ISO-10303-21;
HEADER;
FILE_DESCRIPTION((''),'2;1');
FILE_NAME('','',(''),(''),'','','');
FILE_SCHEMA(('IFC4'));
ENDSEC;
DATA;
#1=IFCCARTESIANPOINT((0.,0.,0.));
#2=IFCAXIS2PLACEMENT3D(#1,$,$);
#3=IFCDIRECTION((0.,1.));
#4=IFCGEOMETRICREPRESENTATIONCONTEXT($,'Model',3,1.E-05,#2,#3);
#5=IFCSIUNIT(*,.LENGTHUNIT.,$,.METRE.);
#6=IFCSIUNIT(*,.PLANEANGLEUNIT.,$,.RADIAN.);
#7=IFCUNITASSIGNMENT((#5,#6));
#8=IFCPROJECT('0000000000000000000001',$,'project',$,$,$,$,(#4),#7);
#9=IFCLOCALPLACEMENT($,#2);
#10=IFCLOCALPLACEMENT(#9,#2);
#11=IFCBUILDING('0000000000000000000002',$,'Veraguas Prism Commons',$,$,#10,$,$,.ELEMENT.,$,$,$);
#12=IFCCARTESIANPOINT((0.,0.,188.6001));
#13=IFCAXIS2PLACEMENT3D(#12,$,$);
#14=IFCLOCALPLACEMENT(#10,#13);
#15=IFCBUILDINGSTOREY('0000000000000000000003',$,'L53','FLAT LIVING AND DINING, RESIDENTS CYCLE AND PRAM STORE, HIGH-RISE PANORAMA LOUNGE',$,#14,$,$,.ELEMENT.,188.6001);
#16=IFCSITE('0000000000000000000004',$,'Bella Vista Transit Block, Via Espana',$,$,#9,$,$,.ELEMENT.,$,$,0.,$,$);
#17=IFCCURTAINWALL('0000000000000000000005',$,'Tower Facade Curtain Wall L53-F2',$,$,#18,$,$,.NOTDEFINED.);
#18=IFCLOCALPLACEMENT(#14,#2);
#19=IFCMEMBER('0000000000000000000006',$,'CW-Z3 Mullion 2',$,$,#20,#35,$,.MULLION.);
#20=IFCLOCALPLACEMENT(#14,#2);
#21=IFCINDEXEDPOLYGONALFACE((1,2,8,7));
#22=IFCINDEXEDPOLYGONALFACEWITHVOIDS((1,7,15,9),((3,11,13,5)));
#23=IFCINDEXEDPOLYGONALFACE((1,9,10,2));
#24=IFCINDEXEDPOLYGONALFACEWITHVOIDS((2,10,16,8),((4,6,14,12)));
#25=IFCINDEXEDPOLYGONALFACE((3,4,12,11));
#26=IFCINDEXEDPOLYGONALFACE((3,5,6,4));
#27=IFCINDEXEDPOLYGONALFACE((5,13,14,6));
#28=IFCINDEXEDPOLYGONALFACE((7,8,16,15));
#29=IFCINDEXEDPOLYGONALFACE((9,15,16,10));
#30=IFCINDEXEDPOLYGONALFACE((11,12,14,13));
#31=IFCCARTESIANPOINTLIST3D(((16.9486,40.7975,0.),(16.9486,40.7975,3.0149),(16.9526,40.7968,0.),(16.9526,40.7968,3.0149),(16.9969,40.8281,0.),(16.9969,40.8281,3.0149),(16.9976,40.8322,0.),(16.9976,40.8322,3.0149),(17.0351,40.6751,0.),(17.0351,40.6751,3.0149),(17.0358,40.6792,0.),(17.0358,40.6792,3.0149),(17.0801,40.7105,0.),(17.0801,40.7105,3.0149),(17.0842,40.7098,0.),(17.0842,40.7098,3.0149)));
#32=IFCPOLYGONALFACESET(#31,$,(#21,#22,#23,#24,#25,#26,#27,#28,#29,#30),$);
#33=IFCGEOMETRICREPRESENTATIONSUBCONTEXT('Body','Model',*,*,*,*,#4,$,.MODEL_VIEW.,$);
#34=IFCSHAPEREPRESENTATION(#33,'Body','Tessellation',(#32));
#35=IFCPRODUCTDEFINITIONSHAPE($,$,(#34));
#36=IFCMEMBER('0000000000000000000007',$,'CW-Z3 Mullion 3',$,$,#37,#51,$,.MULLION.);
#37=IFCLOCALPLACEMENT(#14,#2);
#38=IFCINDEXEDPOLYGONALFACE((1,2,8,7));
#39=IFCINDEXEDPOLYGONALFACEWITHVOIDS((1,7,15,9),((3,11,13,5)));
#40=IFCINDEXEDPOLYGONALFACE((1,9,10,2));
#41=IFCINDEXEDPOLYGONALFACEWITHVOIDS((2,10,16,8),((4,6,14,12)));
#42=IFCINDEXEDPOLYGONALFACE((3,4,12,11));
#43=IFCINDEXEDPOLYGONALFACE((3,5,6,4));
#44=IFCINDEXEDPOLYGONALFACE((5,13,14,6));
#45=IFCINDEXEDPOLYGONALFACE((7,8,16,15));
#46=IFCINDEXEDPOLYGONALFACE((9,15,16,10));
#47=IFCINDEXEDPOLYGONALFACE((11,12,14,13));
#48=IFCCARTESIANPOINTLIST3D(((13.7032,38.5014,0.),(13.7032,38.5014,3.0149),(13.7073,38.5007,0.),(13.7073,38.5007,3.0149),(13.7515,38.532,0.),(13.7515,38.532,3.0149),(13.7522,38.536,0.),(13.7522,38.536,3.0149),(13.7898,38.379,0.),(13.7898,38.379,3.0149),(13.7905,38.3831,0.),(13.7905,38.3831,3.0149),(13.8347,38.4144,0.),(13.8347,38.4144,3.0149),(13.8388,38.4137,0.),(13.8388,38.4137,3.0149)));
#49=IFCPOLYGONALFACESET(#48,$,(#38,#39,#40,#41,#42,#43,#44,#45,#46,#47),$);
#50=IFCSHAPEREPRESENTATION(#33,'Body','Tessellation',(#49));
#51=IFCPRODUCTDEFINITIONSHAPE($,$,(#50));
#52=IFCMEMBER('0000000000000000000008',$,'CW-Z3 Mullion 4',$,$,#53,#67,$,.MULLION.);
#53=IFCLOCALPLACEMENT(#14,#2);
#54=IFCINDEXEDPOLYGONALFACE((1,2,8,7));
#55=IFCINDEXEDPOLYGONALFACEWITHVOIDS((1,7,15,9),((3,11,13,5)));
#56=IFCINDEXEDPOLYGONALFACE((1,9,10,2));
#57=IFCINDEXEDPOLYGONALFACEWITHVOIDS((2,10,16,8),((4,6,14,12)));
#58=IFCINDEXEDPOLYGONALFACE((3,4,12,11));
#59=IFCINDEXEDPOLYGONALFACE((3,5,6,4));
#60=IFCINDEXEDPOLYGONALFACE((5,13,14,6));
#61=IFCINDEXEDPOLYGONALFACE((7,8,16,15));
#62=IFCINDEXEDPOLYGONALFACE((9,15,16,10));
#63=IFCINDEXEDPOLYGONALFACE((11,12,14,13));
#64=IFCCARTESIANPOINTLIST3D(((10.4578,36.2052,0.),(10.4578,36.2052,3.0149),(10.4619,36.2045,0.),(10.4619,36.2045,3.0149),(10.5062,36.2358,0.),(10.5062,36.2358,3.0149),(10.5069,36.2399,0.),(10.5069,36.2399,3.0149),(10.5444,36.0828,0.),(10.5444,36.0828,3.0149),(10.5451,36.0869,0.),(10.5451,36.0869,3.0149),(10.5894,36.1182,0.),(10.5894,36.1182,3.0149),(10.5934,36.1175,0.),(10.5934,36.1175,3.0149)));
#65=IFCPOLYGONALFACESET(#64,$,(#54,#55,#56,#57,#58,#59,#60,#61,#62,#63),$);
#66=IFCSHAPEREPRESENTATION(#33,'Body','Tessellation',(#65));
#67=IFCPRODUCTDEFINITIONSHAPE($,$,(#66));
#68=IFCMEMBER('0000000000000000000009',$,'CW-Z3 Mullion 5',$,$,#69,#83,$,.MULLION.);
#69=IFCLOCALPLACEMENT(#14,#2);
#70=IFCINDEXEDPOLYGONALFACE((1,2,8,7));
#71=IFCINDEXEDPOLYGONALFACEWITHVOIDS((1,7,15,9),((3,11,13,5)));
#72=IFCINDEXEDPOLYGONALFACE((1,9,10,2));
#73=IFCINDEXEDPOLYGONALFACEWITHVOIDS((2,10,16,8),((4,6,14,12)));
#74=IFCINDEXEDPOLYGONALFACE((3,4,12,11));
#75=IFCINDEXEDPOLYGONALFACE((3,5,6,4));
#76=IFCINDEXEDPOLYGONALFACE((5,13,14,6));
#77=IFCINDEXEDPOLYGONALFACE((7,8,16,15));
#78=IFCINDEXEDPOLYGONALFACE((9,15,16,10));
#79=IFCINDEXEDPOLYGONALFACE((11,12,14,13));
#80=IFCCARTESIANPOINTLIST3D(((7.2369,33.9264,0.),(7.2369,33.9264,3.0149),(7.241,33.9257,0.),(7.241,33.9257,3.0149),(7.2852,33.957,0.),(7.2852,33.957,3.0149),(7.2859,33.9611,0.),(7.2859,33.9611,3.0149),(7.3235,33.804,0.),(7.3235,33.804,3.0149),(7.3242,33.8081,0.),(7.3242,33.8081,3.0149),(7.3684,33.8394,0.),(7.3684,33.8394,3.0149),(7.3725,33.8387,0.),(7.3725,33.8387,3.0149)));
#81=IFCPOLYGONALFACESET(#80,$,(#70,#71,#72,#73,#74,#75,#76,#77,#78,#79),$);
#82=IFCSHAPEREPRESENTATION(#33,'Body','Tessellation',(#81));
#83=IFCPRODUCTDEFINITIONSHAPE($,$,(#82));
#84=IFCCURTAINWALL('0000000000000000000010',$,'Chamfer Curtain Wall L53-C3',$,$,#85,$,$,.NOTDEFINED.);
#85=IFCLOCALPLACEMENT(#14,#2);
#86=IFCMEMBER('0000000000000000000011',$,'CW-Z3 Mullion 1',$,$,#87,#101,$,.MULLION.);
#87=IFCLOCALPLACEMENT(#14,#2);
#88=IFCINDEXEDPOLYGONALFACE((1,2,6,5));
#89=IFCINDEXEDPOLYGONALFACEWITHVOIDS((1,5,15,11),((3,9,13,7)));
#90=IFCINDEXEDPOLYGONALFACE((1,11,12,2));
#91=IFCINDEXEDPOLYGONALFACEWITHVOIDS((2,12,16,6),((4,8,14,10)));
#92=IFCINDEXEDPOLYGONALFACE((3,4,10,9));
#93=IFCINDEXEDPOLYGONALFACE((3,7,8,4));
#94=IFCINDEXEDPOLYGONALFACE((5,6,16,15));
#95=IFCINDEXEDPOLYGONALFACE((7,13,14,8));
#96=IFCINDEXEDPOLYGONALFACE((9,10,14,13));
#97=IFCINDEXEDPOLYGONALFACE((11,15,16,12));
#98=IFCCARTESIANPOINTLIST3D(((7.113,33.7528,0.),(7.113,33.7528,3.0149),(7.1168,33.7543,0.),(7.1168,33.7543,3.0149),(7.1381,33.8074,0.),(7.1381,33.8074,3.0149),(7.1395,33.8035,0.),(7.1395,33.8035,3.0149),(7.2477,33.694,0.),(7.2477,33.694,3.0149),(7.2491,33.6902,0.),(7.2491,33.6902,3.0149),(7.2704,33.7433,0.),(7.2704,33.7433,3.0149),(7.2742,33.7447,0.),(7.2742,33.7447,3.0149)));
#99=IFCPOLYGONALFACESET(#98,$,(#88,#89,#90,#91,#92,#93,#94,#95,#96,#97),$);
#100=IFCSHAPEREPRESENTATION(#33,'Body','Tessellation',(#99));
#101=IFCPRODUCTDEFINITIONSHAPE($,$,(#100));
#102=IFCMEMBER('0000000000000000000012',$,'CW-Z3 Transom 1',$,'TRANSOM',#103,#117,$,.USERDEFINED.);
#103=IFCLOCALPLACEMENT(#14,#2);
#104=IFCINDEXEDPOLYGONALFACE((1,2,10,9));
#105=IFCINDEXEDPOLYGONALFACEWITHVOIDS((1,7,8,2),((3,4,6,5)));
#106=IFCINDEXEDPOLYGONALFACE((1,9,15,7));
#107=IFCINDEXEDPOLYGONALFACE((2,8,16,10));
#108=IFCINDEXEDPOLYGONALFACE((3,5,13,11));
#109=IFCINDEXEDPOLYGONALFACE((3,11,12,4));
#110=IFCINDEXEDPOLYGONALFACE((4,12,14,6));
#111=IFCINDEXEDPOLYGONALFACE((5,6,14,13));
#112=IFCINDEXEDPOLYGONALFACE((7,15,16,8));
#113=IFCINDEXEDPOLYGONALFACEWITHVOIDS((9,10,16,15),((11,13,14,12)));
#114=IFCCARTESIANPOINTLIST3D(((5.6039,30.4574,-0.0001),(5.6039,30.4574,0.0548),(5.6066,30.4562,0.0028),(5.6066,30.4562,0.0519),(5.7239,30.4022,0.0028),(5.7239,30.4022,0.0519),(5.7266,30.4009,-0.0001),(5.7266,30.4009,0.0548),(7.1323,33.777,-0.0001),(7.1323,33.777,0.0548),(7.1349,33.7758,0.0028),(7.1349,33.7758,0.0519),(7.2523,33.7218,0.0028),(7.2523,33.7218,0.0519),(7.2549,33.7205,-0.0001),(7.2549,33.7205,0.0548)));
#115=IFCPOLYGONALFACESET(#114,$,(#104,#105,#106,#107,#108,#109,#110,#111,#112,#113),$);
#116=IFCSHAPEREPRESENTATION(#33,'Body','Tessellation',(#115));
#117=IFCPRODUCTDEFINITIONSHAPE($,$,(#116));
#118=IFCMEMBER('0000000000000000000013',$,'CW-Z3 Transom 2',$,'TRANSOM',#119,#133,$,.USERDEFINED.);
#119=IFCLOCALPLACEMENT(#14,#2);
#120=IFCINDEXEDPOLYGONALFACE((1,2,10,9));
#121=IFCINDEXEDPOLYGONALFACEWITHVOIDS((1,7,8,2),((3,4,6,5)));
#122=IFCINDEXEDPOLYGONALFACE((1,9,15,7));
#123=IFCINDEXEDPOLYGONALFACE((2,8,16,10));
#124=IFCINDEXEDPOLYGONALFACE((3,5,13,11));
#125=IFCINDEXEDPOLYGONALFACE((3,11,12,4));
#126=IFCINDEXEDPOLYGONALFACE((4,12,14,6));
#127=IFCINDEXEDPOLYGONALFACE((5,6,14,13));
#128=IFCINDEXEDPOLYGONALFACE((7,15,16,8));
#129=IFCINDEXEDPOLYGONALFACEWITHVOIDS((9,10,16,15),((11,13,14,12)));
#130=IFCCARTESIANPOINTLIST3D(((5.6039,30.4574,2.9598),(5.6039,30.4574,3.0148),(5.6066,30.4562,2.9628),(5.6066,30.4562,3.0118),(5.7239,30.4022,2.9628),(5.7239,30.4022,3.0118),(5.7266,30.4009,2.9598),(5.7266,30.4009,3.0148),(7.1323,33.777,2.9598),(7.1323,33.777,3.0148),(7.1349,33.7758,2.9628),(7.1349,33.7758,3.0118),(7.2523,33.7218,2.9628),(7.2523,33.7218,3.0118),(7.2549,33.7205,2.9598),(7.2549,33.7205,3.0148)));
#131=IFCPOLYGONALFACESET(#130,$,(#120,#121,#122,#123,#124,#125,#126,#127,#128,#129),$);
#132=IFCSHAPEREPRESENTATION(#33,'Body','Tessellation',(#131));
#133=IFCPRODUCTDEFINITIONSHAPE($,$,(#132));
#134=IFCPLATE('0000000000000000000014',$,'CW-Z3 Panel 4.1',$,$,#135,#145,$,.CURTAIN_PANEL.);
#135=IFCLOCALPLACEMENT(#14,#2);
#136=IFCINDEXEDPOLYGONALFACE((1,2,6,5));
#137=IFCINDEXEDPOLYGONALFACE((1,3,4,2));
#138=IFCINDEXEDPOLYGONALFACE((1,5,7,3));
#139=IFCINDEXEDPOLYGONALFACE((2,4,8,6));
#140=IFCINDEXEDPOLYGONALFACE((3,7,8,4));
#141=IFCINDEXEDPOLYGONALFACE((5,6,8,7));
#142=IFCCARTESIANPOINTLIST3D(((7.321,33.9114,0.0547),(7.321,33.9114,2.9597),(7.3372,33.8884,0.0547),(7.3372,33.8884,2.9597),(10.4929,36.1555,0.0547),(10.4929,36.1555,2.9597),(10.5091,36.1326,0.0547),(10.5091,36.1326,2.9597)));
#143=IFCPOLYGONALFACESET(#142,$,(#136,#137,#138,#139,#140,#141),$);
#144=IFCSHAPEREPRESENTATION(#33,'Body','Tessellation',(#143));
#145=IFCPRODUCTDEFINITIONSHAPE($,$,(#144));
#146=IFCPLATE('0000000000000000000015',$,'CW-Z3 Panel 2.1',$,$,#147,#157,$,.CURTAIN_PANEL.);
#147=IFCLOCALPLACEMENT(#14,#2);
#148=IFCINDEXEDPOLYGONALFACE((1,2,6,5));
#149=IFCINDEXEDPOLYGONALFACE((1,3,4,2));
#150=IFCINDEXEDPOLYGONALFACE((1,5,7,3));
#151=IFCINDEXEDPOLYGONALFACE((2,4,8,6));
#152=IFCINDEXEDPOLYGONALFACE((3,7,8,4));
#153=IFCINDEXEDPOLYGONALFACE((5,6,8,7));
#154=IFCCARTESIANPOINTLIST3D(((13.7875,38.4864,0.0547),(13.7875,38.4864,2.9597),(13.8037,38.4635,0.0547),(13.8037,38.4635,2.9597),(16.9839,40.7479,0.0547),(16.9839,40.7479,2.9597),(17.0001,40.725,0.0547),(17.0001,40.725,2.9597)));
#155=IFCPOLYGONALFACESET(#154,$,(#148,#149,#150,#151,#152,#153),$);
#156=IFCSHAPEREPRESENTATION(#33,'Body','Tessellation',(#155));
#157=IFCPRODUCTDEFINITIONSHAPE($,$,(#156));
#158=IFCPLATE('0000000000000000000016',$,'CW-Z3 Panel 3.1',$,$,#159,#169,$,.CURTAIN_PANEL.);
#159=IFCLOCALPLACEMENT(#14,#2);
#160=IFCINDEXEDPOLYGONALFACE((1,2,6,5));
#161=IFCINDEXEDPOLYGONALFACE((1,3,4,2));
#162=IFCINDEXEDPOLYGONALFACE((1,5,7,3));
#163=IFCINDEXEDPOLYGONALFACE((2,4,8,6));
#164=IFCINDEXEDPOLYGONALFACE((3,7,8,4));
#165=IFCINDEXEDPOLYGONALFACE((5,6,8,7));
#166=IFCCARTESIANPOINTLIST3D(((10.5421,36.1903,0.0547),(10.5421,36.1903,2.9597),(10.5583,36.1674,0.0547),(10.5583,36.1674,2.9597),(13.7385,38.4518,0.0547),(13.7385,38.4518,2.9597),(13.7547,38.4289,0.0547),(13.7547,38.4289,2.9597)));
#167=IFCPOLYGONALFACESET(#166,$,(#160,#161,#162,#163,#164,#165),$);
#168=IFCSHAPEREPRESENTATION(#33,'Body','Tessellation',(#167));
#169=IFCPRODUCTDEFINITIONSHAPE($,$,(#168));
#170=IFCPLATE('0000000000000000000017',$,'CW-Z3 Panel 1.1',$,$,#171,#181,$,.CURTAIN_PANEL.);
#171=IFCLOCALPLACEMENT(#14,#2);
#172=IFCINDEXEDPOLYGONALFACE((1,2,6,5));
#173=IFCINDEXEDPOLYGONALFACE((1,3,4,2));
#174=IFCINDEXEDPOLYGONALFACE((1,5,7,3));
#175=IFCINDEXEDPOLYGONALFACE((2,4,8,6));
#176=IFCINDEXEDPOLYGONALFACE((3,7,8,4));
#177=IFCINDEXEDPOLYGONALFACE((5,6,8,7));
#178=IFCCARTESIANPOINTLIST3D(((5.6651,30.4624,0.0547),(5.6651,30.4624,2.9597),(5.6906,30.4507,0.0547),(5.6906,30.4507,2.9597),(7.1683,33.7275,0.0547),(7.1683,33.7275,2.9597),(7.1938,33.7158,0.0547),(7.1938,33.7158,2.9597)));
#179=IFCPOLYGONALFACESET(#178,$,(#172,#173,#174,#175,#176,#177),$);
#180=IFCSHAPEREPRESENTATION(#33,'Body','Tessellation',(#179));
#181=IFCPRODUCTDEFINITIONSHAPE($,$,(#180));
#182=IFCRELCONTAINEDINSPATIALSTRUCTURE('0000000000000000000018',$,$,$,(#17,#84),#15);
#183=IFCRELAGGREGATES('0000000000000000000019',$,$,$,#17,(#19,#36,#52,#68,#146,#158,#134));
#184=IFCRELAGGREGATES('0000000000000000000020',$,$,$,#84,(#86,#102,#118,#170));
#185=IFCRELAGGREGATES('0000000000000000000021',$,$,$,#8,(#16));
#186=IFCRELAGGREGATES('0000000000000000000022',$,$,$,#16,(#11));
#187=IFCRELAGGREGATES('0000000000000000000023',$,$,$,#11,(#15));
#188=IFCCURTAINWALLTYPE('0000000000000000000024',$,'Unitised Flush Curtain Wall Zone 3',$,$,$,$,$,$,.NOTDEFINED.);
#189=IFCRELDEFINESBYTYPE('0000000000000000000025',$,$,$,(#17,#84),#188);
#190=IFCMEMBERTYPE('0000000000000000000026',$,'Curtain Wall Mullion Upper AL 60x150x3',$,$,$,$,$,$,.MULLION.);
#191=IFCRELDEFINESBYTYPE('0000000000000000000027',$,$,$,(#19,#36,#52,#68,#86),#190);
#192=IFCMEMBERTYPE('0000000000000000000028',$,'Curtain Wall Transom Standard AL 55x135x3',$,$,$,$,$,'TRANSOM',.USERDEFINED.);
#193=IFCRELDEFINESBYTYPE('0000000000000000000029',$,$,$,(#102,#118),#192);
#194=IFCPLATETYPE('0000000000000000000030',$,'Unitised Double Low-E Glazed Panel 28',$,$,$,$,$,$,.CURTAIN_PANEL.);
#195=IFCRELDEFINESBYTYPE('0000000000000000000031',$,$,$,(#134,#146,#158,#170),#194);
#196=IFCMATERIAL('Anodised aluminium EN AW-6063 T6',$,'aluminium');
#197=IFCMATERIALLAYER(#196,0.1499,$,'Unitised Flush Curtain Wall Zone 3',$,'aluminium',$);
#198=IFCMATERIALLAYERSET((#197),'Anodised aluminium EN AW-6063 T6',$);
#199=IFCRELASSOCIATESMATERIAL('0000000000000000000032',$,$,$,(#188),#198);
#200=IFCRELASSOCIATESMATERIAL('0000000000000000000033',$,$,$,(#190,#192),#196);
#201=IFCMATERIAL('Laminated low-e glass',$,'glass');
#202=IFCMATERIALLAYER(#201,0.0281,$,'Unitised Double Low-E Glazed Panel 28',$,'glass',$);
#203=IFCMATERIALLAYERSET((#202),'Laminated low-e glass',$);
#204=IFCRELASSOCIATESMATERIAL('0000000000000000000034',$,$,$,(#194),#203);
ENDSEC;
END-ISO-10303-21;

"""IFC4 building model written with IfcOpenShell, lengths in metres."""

from ifc_helpers import new_model, si_unit, direction, frame, origin, origin_2d, place, context, subcontext, project, spatial, rectangle, hollow_rectangle, extrude, source, transform, mapped, material, layer, layer_set, material_profile, profile_set, type_object, element, aggregate, save


model = new_model("IFC4")

# Units and contexts
model_context = context("Model", 3, precision=1e-05, world=origin(), true_north=direction((0.0, 1.0)))
body_context = subcontext(model_context, "Body", "Model", "MODEL_VIEW")
ifc_project = project(units=[si_unit("LENGTHUNIT", "METRE"), si_unit("PLANEANGLEUNIT", "RADIAN")], contexts=[model_context])

# Site, building, storey
site_placement = place(None, origin())
site = spatial("IfcSite", under=ifc_project, at=site_placement, Name="Bella Vista Transit Block, Via Espana", CompositionType="ELEMENT", RefElevation=0.0)
building_placement = place(site_placement, origin())
building = spatial("IfcBuilding", under=site, at=building_placement, Name="Veraguas Prism Commons", CompositionType="ELEMENT")
storey_placement = place(building_placement, frame((0.0, 0.0, 188.6001)))
storey = spatial("IfcBuildingStorey", under=building, at=storey_placement, Name="L53", Description="FLAT LIVING AND DINING, RESIDENTS CYCLE AND PRAM STORE, HIGH-RISE PANORAMA LOUNGE", CompositionType="ELEMENT", Elevation=188.6001)

# Curtain walls, members
ifc_material_1 = material(Name="Anodised aluminium EN AW-6063 T6", Category="aluminium")
ifc_layer_1 = layer(ifc_material_1, 0.1499, Name="Unitised Flush Curtain Wall Zone 3", Category="aluminium")
ifc_layer_set_1 = layer_set([ifc_layer_1], Name="Anodised aluminium EN AW-6063 T6")
curtain_wall_type = type_object("IfcCurtainWallType", Name="Unitised Flush Curtain Wall Zone 3", PredefinedType="NOTDEFINED", material=ifc_layer_set_1)
curtain_wall_1_placement = place(storey_placement, origin())
curtain_wall_1 = element("IfcCurtainWall", 1, at=curtain_wall_1_placement, inside=storey, type_object=curtain_wall_type, Name="Tower Facade Curtain Wall L53-F2", PredefinedType="NOTDEFINED")
ifc_material_profile_1 = material_profile(ifc_material_1, hollow_rectangle(XDim=0.0601, YDim=0.1499, WallThickness=0.0029, at=origin_2d()), Name="AL60X150X3")
ifc_profile_set_1 = profile_set([ifc_material_profile_1], Name="Anodised aluminium EN AW-6063 T6")
member_type_1 = type_object("IfcMemberType", Name="Curtain Wall Mullion Upper AL 60x150x3", PredefinedType="MULLION", material=ifc_profile_set_1)
shared_shape_1 = source(origin(), body_context, "Body", "SweptSolid", [
    extrude(hollow_rectangle(XDim=0.0601, YDim=0.1499, WallThickness=0.0029, at=origin_2d()), origin(), (0.0, 0.0, 1.0), 3.0149),
])
member_1_placement = place(storey_placement, frame((17.0164, 40.7537, 0.0), z_axis=(0.0, 0.0, 1.0), x_axis=(-0.816341, -0.57757, 0.0)))
member_1 = element("IfcMember", 2, at=member_1_placement, type_object=member_type_1, Name="CW-Z3 Mullion 2", PredefinedType="MULLION", context=body_context, shape_type="MappedRepresentation", body=[
    mapped(shared_shape_1, transform((0.0, 0.0, 0.0), scale=1.0)),
])
member_2_placement = place(storey_placement, frame((13.771, 38.4575, 0.0), z_axis=(0.0, 0.0, 1.0), x_axis=(-0.816341, -0.57757, 0.0)))
member_2 = element("IfcMember", 3, at=member_2_placement, type_object=member_type_1, Name="CW-Z3 Mullion 3", PredefinedType="MULLION", context=body_context, shape_type="MappedRepresentation", body=[
    mapped(shared_shape_1, transform((0.0, 0.0, 0.0), scale=1.0)),
])
member_3_placement = place(storey_placement, frame((10.5256, 36.1614, 0.0), z_axis=(0.0, 0.0, 1.0), x_axis=(-0.816341, -0.57757, 0.0)))
member_3 = element("IfcMember", 4, at=member_3_placement, type_object=member_type_1, Name="CW-Z3 Mullion 4", PredefinedType="MULLION", context=body_context, shape_type="MappedRepresentation", body=[
    mapped(shared_shape_1, transform((0.0, 0.0, 0.0), scale=1.0)),
])
member_4_placement = place(storey_placement, frame((7.3047, 33.8826, 0.0), z_axis=(0.0, 0.0, 1.0), x_axis=(-0.816341, -0.57757, 0.0)))
member_4 = element("IfcMember", 5, at=member_4_placement, type_object=member_type_1, Name="CW-Z3 Mullion 5", PredefinedType="MULLION", context=body_context, shape_type="MappedRepresentation", body=[
    mapped(shared_shape_1, transform((0.0, 0.0, 0.0), scale=1.0)),
])
curtain_wall_2_placement = place(storey_placement, origin())
curtain_wall_2 = element("IfcCurtainWall", 6, at=curtain_wall_2_placement, inside=storey, type_object=curtain_wall_type, Name="Chamfer Curtain Wall L53-C3", PredefinedType="NOTDEFINED")
member_5_placement = place(storey_placement, frame((7.1936, 33.7488, 0.0), z_axis=(0.0, 0.0, 1.0), x_axis=(-0.418186, -0.908362, 0.0)))
member_5 = element("IfcMember", 7, at=member_5_placement, type_object=member_type_1, Name="CW-Z3 Mullion 1", PredefinedType="MULLION", context=body_context, shape_type="MappedRepresentation", body=[
    mapped(shared_shape_1, transform((0.0, 0.0, 0.0), scale=1.0)),
])
ifc_material_profile_2 = material_profile(ifc_material_1, hollow_rectangle(XDim=0.0549, YDim=0.135, WallThickness=0.0029, at=origin_2d()), Name="AL55X135X3")
ifc_profile_set_2 = profile_set([ifc_material_profile_2], Name="Anodised aluminium EN AW-6063 T6")
member_type_2 = type_object("IfcMemberType", Name="Curtain Wall Transom Standard AL 55x135x3", ElementType="TRANSOM", PredefinedType="USERDEFINED", material=ifc_profile_set_2)
shared_shape_2 = source(origin(), body_context, "Body", "SweptSolid", [
    extrude(hollow_rectangle(XDim=0.0549, YDim=0.135, WallThickness=0.0029, at=origin_2d()), origin(), (0.0, 0.0, 1.0), 3.6545),
])
member_6_placement = place(storey_placement, frame((7.1936, 33.7488, 0.0273), z_axis=(-0.418202, -0.908354, 0.0), x_axis=(0.0, 0.0, 1.0)))
member_6 = element("IfcMember", 8, at=member_6_placement, type_object=member_type_2, Name="CW-Z3 Transom 1", ObjectType="TRANSOM", PredefinedType="USERDEFINED", context=body_context, shape_type="MappedRepresentation", body=[
    mapped(shared_shape_2, transform((0.0, 0.0, 0.0), scale=1.0)),
])
member_7_placement = place(storey_placement, frame((7.1936, 33.7488, 2.9873), z_axis=(-0.418202, -0.908354, 0.0), x_axis=(0.0, 0.0, 1.0)))
member_7 = element("IfcMember", 9, at=member_7_placement, type_object=member_type_2, Name="CW-Z3 Transom 2", ObjectType="TRANSOM", PredefinedType="USERDEFINED", context=body_context, shape_type="MappedRepresentation", body=[
    mapped(shared_shape_2, transform((0.0, 0.0, 0.0), scale=1.0)),
])

# Plates
ifc_material_2 = material(Name="Laminated low-e glass", Category="glass")
ifc_layer_2 = layer(ifc_material_2, 0.0281, Name="Unitised Double Low-E Glazed Panel 28", Category="glass")
ifc_layer_set_2 = layer_set([ifc_layer_2], Name="Laminated low-e glass")
plate_type = type_object("IfcPlateType", Name="Unitised Double Low-E Glazed Panel 28", PredefinedType="CURTAIN_PANEL", material=ifc_layer_set_2)
shared_shape_3 = source(origin(), body_context, "Body", "SweptSolid", [
    extrude(rectangle(XDim=3.8855, YDim=0.0281, at=origin_2d()), origin(), (0.0, 0.0, 1.0), 2.905),
])
plate_1_placement = place(storey_placement, frame((8.915, 35.022, 0.0547), z_axis=(0.0, 0.0, 1.0), x_axis=(-0.816341, -0.57757, 0.0)))
plate_1 = element("IfcPlate", 10, at=plate_1_placement, type_object=plate_type, Name="CW-Z3 Panel 4.1", PredefinedType="CURTAIN_PANEL", context=body_context, shape_type="MappedRepresentation", body=[
    mapped(shared_shape_3, transform((0.0, 0.0, 0.0), scale=1.0)),
])
shared_shape_4 = source(origin(), body_context, "Body", "SweptSolid", [
    extrude(rectangle(XDim=3.9155, YDim=0.0281, at=origin_2d()), origin(), (0.0, 0.0, 1.0), 2.905),
])
plate_2_placement = place(storey_placement, frame((15.3938, 39.6057, 0.0547), z_axis=(0.0, 0.0, 1.0), x_axis=(-0.816341, -0.57757, 0.0)))
plate_2 = element("IfcPlate", 11, at=plate_2_placement, type_object=plate_type, Name="CW-Z3 Panel 2.1", PredefinedType="CURTAIN_PANEL", context=body_context, shape_type="MappedRepresentation", body=[
    mapped(shared_shape_4, transform((0.0, 0.0, 0.0), scale=1.0)),
])
plate_3_placement = place(storey_placement, frame((12.1484, 37.3096, 0.0547), z_axis=(0.0, 0.0, 1.0), x_axis=(-0.816341, -0.57757, 0.0)))
plate_3 = element("IfcPlate", 12, at=plate_3_placement, type_object=plate_type, Name="CW-Z3 Panel 3.1", PredefinedType="CURTAIN_PANEL", context=body_context, shape_type="MappedRepresentation", body=[
    mapped(shared_shape_4, transform((0.0, 0.0, 0.0), scale=1.0)),
])
aggregate(curtain_wall_1, [member_1, member_2, member_3, member_4, plate_2, plate_3, plate_1])
shared_shape_5 = source(origin(), body_context, "Body", "SweptSolid", [
    extrude(rectangle(XDim=3.5945, YDim=0.0281, at=origin_2d()), origin(), (0.0, 0.0, 1.0), 2.905),
])
plate_4_placement = place(storey_placement, frame((6.4294, 32.0891, 0.0547), z_axis=(0.0, 0.0, 1.0), x_axis=(-0.418186, -0.908362, 0.0)))
plate_4 = element("IfcPlate", 13, at=plate_4_placement, type_object=plate_type, Name="CW-Z3 Panel 1.1", PredefinedType="CURTAIN_PANEL", context=body_context, shape_type="MappedRepresentation", body=[
    mapped(shared_shape_5, transform((0.0, 0.0, 0.0), scale=1.0)),
])
aggregate(curtain_wall_2, [member_5, member_6, member_7, plate_4])

save(model, "model.ifc")
